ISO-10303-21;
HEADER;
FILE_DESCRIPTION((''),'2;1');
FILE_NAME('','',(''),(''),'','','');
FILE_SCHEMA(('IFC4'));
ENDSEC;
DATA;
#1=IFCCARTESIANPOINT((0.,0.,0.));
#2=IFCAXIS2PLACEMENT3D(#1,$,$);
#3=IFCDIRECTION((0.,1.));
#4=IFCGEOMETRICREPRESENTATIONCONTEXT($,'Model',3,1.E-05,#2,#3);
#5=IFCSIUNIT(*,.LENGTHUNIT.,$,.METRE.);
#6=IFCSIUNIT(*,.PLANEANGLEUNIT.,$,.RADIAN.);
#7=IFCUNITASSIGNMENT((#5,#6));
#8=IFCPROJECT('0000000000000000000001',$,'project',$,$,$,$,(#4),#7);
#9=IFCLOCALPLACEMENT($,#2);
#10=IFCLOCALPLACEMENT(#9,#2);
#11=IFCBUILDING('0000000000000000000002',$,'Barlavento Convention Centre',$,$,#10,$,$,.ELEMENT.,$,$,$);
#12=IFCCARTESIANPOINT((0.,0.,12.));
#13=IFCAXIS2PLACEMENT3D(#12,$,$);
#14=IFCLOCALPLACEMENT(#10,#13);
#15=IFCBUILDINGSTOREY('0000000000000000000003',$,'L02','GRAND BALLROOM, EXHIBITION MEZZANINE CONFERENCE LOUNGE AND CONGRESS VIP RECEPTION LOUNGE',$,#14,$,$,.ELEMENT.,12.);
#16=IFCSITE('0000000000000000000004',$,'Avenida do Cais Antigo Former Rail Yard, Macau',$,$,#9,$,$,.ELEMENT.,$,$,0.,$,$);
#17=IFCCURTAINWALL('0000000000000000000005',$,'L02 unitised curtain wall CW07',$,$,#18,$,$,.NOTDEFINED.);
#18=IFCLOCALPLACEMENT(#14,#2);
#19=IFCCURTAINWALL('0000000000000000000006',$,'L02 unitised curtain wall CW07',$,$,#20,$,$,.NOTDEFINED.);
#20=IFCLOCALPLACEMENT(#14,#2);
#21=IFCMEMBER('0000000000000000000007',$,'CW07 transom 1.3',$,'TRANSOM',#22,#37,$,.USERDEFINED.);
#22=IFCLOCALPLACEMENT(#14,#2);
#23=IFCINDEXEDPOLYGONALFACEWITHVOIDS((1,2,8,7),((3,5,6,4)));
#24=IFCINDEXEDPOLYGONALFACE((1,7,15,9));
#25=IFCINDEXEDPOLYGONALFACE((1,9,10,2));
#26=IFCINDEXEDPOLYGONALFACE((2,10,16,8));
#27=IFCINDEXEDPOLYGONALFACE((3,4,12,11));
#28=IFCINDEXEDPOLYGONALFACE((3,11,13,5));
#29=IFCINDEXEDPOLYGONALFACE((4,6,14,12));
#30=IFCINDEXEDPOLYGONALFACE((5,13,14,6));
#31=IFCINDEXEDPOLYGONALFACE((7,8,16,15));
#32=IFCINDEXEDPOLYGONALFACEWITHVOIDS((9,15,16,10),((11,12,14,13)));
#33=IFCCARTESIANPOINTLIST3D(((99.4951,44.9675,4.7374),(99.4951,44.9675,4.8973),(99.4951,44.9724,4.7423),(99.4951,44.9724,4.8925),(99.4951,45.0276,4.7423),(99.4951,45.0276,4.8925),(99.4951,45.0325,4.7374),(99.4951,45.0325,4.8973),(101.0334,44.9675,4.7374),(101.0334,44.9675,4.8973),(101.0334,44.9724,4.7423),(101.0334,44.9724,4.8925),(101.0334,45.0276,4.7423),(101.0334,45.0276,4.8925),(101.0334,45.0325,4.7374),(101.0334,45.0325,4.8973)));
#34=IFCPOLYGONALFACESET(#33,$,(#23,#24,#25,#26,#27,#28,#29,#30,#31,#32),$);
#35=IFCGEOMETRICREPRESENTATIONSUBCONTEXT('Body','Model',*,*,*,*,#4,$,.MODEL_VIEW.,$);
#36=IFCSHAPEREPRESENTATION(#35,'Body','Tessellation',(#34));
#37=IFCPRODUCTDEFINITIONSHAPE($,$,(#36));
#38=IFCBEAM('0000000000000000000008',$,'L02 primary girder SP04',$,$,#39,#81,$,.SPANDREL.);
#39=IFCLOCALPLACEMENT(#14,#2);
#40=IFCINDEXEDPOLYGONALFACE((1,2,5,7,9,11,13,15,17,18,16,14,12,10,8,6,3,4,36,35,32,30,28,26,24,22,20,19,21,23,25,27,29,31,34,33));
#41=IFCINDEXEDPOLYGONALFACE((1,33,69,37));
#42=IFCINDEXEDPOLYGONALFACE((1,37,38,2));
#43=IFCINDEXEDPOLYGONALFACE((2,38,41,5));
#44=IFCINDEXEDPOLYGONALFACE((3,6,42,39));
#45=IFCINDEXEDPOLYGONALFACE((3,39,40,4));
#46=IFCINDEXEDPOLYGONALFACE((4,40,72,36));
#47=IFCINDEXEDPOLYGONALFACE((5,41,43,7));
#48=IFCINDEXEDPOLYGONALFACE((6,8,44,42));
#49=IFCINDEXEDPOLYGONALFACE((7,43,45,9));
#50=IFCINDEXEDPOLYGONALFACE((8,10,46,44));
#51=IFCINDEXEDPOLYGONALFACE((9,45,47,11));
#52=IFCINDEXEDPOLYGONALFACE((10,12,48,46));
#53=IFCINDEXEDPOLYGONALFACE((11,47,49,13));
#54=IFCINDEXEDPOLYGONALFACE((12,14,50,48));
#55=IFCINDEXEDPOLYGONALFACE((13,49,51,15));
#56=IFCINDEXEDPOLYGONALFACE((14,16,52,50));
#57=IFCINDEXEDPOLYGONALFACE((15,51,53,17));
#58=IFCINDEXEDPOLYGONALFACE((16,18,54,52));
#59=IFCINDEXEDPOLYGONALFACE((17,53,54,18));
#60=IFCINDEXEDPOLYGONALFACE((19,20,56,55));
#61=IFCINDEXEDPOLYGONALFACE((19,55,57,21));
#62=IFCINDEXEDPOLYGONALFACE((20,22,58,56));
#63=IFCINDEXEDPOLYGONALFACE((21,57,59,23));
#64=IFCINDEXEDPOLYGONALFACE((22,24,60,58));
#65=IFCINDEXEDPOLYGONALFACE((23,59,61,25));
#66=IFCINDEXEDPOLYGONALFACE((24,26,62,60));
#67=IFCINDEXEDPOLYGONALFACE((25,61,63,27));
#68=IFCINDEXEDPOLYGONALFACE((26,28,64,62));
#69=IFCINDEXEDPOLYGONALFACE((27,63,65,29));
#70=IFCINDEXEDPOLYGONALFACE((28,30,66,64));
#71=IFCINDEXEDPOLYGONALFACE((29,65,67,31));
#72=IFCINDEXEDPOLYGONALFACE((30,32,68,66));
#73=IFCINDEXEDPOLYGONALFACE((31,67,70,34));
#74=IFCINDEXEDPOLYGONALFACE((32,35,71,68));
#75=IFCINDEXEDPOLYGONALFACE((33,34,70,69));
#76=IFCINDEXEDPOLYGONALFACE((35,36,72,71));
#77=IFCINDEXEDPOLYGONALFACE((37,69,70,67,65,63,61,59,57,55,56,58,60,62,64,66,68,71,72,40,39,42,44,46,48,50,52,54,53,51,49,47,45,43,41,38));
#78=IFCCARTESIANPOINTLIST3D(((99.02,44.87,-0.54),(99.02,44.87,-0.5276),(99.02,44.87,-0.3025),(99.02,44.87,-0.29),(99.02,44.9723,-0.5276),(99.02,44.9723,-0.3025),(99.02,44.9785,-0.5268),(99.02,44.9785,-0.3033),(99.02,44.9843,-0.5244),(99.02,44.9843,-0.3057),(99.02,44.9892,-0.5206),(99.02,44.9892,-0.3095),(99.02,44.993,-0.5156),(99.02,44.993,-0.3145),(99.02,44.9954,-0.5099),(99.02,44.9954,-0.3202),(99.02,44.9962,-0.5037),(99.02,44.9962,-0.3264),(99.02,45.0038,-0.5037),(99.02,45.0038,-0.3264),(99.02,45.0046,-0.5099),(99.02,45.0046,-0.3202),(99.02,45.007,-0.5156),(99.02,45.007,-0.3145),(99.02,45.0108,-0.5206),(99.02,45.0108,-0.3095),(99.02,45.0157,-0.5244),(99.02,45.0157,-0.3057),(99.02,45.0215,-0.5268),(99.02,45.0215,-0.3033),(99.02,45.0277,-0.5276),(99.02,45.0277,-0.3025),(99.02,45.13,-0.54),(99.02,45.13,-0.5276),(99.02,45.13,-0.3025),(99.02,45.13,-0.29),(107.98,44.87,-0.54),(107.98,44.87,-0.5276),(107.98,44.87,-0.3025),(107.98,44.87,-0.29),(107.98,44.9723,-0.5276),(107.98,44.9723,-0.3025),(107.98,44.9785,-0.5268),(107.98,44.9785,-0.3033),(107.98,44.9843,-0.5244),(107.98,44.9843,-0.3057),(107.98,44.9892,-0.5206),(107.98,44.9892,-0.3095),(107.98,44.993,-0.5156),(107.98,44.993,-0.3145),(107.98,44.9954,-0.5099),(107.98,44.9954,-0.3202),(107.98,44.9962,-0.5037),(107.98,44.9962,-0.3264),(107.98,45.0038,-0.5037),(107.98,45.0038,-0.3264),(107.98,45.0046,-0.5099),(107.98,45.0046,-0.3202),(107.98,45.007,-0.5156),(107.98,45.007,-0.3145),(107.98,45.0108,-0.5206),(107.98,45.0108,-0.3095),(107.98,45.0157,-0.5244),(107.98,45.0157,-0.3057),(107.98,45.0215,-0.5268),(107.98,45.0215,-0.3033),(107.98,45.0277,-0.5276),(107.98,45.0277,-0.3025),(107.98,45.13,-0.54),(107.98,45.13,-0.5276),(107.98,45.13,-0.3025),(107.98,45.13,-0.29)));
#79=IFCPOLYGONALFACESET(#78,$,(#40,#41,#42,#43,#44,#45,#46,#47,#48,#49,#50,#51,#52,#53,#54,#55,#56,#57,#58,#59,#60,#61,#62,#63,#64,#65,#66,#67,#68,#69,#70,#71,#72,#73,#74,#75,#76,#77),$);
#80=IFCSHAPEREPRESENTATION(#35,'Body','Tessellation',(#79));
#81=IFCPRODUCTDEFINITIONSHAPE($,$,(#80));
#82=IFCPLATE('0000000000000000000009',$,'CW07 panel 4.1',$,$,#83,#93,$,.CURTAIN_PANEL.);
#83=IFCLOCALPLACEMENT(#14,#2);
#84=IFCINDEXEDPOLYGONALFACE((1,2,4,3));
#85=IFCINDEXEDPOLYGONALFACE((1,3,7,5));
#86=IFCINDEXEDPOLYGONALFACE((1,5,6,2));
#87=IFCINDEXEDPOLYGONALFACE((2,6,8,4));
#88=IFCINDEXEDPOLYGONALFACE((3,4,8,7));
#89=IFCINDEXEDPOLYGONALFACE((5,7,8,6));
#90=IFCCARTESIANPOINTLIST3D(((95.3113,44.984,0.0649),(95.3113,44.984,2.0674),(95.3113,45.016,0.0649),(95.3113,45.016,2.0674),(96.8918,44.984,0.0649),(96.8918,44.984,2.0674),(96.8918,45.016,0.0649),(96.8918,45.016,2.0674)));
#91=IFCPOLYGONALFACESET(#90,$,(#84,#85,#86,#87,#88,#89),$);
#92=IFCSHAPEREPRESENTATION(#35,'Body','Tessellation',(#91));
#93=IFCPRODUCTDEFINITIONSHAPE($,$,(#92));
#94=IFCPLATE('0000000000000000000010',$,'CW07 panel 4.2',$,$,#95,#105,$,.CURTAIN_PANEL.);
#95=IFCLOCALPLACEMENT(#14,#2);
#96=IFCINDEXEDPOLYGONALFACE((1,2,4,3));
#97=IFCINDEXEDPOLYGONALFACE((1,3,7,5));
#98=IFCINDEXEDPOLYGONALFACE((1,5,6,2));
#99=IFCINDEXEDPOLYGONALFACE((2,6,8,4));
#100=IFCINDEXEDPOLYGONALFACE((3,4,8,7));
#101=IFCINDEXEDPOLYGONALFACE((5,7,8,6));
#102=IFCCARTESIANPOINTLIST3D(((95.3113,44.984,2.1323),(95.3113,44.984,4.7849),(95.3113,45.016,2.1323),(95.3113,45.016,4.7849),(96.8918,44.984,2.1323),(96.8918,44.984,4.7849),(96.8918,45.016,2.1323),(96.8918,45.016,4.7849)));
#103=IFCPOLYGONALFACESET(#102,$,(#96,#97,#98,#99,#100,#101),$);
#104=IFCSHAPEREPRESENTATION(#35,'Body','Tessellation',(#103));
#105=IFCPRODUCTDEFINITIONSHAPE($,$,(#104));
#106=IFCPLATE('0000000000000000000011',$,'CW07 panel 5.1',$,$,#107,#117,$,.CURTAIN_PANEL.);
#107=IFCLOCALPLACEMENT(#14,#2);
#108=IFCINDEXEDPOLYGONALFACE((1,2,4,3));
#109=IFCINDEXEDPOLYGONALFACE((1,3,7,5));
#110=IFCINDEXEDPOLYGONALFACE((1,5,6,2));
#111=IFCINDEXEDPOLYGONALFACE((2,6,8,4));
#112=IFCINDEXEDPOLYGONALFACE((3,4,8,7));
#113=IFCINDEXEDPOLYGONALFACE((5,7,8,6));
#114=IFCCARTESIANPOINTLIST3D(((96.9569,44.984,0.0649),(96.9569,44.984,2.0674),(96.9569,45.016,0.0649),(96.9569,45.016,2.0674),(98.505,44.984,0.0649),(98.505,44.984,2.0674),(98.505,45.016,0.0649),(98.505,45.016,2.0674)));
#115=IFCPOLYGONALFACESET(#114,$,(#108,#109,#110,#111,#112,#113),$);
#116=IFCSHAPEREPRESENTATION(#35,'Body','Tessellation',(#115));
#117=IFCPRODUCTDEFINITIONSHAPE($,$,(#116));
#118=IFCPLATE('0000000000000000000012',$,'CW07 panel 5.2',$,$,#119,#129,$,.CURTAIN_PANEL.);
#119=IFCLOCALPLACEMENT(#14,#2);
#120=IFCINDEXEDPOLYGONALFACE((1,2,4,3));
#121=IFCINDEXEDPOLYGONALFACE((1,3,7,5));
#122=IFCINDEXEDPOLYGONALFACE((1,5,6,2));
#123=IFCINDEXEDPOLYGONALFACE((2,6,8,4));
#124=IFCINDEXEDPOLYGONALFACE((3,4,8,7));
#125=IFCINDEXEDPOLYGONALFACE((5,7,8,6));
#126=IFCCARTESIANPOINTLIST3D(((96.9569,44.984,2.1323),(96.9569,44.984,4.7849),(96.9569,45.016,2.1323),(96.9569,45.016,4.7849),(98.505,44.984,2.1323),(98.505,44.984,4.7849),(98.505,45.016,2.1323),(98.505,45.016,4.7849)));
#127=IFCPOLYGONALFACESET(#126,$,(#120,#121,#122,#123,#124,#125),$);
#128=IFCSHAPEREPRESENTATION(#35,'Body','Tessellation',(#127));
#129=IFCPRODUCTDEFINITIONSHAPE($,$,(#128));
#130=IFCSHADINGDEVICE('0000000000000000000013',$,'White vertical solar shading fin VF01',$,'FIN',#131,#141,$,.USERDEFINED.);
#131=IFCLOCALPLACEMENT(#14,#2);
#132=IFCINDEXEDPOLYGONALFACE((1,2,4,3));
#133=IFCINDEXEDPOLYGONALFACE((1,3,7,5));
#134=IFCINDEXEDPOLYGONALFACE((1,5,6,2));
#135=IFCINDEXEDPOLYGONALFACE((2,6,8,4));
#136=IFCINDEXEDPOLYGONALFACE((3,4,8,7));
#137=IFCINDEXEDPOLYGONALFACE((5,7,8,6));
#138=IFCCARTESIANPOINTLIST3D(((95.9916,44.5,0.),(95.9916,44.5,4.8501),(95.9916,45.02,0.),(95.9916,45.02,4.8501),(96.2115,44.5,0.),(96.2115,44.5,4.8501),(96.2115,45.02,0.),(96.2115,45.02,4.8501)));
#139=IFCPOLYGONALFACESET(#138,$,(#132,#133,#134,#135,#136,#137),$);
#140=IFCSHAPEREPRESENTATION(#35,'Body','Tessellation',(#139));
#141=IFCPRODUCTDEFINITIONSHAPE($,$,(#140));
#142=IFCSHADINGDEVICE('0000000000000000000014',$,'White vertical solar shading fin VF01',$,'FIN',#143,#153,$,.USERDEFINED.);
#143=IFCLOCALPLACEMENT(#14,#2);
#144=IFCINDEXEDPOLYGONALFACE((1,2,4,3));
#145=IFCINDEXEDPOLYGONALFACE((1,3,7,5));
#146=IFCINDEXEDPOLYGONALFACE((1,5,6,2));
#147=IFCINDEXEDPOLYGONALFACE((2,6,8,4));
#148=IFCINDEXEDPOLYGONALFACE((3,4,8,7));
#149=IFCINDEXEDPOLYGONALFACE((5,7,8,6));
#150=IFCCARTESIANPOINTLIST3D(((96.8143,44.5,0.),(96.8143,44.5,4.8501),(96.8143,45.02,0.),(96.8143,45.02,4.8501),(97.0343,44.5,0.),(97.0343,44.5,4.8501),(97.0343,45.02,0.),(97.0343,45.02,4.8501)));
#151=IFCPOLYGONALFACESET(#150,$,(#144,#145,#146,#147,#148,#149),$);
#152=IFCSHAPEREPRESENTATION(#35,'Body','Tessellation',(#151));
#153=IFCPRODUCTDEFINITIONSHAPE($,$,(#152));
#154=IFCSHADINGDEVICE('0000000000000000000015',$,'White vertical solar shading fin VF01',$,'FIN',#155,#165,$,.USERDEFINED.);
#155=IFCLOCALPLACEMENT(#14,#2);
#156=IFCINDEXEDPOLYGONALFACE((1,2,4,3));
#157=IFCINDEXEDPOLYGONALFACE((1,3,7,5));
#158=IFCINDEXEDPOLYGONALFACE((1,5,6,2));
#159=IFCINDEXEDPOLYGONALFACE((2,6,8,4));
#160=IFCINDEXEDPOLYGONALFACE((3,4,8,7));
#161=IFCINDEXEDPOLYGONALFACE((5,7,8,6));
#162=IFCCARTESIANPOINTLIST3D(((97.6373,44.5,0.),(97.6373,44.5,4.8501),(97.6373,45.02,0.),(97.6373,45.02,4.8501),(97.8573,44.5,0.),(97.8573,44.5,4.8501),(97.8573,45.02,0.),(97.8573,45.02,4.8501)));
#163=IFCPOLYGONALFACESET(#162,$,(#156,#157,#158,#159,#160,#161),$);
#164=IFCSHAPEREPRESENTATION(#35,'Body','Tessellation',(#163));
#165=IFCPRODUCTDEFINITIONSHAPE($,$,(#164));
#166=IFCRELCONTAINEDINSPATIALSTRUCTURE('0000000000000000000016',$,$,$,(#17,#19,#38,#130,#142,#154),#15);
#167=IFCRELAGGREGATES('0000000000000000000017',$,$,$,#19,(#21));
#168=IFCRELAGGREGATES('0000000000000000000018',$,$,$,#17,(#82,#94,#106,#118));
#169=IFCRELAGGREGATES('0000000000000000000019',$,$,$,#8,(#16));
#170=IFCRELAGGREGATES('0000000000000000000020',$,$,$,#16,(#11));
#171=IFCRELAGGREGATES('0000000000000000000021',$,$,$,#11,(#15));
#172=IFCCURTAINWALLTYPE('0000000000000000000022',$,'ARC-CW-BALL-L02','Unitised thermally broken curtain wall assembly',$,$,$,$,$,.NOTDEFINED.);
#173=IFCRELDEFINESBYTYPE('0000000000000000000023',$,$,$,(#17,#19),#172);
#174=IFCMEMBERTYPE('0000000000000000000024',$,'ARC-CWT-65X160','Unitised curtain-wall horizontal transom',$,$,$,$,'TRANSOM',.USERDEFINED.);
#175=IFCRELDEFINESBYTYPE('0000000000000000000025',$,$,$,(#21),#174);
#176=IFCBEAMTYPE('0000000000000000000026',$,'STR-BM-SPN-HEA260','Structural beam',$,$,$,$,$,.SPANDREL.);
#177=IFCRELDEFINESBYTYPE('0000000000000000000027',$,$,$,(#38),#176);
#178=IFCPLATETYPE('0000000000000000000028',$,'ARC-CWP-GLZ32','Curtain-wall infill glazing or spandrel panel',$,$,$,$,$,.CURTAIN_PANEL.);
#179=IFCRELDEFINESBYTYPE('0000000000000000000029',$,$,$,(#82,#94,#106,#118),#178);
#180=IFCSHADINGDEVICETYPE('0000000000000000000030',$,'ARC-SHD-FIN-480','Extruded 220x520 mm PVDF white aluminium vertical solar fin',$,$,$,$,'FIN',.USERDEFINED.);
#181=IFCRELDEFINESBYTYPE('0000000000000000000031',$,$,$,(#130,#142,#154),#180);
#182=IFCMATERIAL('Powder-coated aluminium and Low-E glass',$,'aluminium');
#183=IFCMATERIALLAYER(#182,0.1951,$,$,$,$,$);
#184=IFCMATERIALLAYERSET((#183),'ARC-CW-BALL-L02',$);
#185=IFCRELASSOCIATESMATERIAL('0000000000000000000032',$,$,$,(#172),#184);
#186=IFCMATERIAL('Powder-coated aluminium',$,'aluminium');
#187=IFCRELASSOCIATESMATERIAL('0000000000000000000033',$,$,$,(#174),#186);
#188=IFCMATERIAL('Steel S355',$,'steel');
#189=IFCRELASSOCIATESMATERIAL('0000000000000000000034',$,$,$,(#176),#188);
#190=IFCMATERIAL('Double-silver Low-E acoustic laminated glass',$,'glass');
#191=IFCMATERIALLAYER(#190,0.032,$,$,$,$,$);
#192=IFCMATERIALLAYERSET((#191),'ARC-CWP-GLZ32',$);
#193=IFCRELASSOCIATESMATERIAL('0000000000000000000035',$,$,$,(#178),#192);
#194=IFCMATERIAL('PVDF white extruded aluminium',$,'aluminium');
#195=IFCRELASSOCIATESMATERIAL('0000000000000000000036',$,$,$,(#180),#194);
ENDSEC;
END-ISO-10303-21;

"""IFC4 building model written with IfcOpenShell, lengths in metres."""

from ifc_helpers import new_model, si_unit, direction, frame, origin, origin_2d, place, context, subcontext, project, spatial, rectangle, hollow_rectangle, i_section, extrude, material, layer, layer_set, material_profile, profile_set, type_object, element, aggregate, save


model = new_model("IFC4")

# Units and contexts
model_context = context("Model", 3, precision=1e-05, world=origin(), true_north=direction((0.0, 1.0)))
body_context = subcontext(model_context, "Body", "Model", "MODEL_VIEW")
ifc_project = project(units=[si_unit("LENGTHUNIT", "METRE"), si_unit("PLANEANGLEUNIT", "RADIAN")], contexts=[model_context])

# Site, building, storey
site_placement = place(None, origin())
site = spatial("IfcSite", under=ifc_project, at=site_placement, Name="Avenida do Cais Antigo Former Rail Yard, Macau", CompositionType="ELEMENT", RefElevation=0.0)
building_placement = place(site_placement, origin())
building = spatial("IfcBuilding", under=site, at=building_placement, Name="Barlavento Convention Centre", CompositionType="ELEMENT")
storey_placement = place(building_placement, frame((0.0, 0.0, 12.0)))
storey = spatial("IfcBuildingStorey", under=building, at=storey_placement, Name="L02", Description="GRAND BALLROOM, EXHIBITION MEZZANINE CONFERENCE LOUNGE AND CONGRESS VIP RECEPTION LOUNGE", CompositionType="ELEMENT", Elevation=12.0)

# Curtain wall
ifc_material_1 = material(Name="Powder-coated aluminium and Low-E glass", Category="aluminium")
ifc_layer_1 = layer(ifc_material_1, 0.1951)
ifc_layer_set_1 = layer_set([ifc_layer_1], Name="ARC-CW-BALL-L02")
curtain_wall_type = type_object("IfcCurtainWallType", Name="ARC-CW-BALL-L02", Description="Unitised thermally broken curtain wall assembly", PredefinedType="NOTDEFINED", material=ifc_layer_set_1)
curtain_wall_1_placement = place(storey_placement, origin())
curtain_wall_1 = element("IfcCurtainWall", 1, at=curtain_wall_1_placement, inside=storey, type_object=curtain_wall_type, Name="L02 unitised curtain wall CW07", PredefinedType="NOTDEFINED")
ifc_material_2 = material(Name="Powder-coated aluminium", Category="aluminium")

# Curtain wall
curtain_wall_2_placement = place(storey_placement, origin())
curtain_wall_2 = element("IfcCurtainWall", 2, at=curtain_wall_2_placement, inside=storey, type_object=curtain_wall_type, Name="L02 unitised curtain wall CW07", PredefinedType="NOTDEFINED")

# Member
ifc_material_profile_1 = material_profile(ifc_material_2, hollow_rectangle(XDim=0.0649, YDim=0.1599, WallThickness=0.0049, at=origin_2d()), Name="AL-TRAN 65x160x5")
ifc_profile_set_1 = profile_set([ifc_material_profile_1], Name="Powder-coated aluminium")
member_type_1 = type_object("IfcMemberType", Name="ARC-CWT-65X160", Description="Unitised curtain-wall horizontal transom", ElementType="TRANSOM", PredefinedType="USERDEFINED", material=ifc_profile_set_1)
member_1_placement = place(storey_placement, frame((99.4951, 45.0, 4.8174), z_axis=(1.0, 0.0, 0.0), x_axis=(0.0, 1.0, 0.0)))
member_1 = element("IfcMember", 3, at=member_1_placement, type_object=member_type_1, Name="CW07 transom 1.3", ObjectType="TRANSOM", PredefinedType="USERDEFINED", context=body_context, shape_type="SweptSolid", body=[
    extrude(hollow_rectangle(XDim=0.0649, YDim=0.1599, WallThickness=0.0049, at=origin_2d()), origin(), (0.0, 0.0, 1.0), 1.5383),
])
aggregate(curtain_wall_2, [member_1])

# Beam
ifc_material_3 = material(Name="Steel S355", Category="steel")
ifc_material_profile_2 = material_profile(ifc_material_3, i_section(OverallWidth=0.26, OverallDepth=0.25, WebThickness=0.0076, FlangeThickness=0.0125, FilletRadius=0.0239, at=origin_2d()), Name="HEA 260")
ifc_profile_set_2 = profile_set([ifc_material_profile_2], Name="Steel S355")
beam_type = type_object("IfcBeamType", Name="STR-BM-SPN-HEA260", Description="Structural beam", PredefinedType="SPANDREL", material=ifc_profile_set_2)
beam_placement = place(storey_placement, frame((99.02, 45.0, -0.415), z_axis=(1.0, 0.0, 0.0), x_axis=(0.0, 1.0, 0.0)))
element("IfcBeam", 4, at=beam_placement, inside=storey, type_object=beam_type, Name="L02 primary girder SP04", PredefinedType="SPANDREL", context=body_context, shape_type="SweptSolid", body=[
    extrude(i_section(OverallWidth=0.26, OverallDepth=0.25, WebThickness=0.0076, FlangeThickness=0.0125, FilletRadius=0.0239, at=origin_2d()), origin(), (0.0, 0.0, 1.0), 8.96),
])

# Plates
ifc_material_4 = material(Name="Double-silver Low-E acoustic laminated glass", Category="glass")
ifc_layer_2 = layer(ifc_material_4, 0.032)
ifc_layer_set_2 = layer_set([ifc_layer_2], Name="ARC-CWP-GLZ32")
plate_type = type_object("IfcPlateType", Name="ARC-CWP-GLZ32", Description="Curtain-wall infill glazing or spandrel panel", PredefinedType="CURTAIN_PANEL", material=ifc_layer_set_2)
plate_1_placement = place(storey_placement, frame((96.1016, 45.0, 0.0649), z_axis=(0.0, 0.0, 1.0), x_axis=(1.0, 0.0, 0.0)))
plate_1 = element("IfcPlate", 5, at=plate_1_placement, type_object=plate_type, Name="CW07 panel 4.1", PredefinedType="CURTAIN_PANEL", context=body_context, shape_type="SweptSolid", body=[
    extrude(rectangle(XDim=1.5806, YDim=0.032, at=origin_2d()), origin(), (0.0, 0.0, 1.0), 2.0024),
])
plate_2_placement = place(storey_placement, frame((96.1016, 45.0, 2.1323), z_axis=(0.0, 0.0, 1.0), x_axis=(1.0, 0.0, 0.0)))
plate_2 = element("IfcPlate", 6, at=plate_2_placement, type_object=plate_type, Name="CW07 panel 4.2", PredefinedType="CURTAIN_PANEL", context=body_context, shape_type="SweptSolid", body=[
    extrude(rectangle(XDim=1.5806, YDim=0.032, at=origin_2d()), origin(), (0.0, 0.0, 1.0), 2.6526),
])
plate_3_placement = place(storey_placement, frame((97.731, 45.0, 0.0649), z_axis=(0.0, 0.0, 1.0), x_axis=(1.0, 0.0, 0.0)))
plate_3 = element("IfcPlate", 7, at=plate_3_placement, type_object=plate_type, Name="CW07 panel 5.1", PredefinedType="CURTAIN_PANEL", context=body_context, shape_type="SweptSolid", body=[
    extrude(rectangle(XDim=1.5481, YDim=0.032, at=origin_2d()), origin(), (0.0, 0.0, 1.0), 2.0024),
])
plate_4_placement = place(storey_placement, frame((97.731, 45.0, 2.1323), z_axis=(0.0, 0.0, 1.0), x_axis=(1.0, 0.0, 0.0)))
plate_4 = element("IfcPlate", 8, at=plate_4_placement, type_object=plate_type, Name="CW07 panel 5.2", PredefinedType="CURTAIN_PANEL", context=body_context, shape_type="SweptSolid", body=[
    extrude(rectangle(XDim=1.5481, YDim=0.032, at=origin_2d()), origin(), (0.0, 0.0, 1.0), 2.6526),
])
aggregate(curtain_wall_1, [plate_1, plate_2, plate_3, plate_4])

# Shading devices
ifc_material_5 = material(Name="PVDF white extruded aluminium", Category="aluminium")
shading_device_type = type_object("IfcShadingDeviceType", Name="ARC-SHD-FIN-480", Description="Extruded 220x520 mm PVDF white aluminium vertical solar fin", ElementType="FIN", PredefinedType="USERDEFINED", material=ifc_material_5)
for number, where, z_axis, x_axis, name in (
    (9, (96.1016, 44.76, 0.0), (0.0, 0.0, 1.0), (1.0, 0.0, 0.0), "White vertical solar shading fin VF01"),
    (10, (96.9243, 44.76, 0.0), (0.0, 0.0, 1.0), (1.0, 0.0, 0.0), "White vertical solar shading fin VF01"),
    (11, (97.7473, 44.76, 0.0), (0.0, 0.0, 1.0), (1.0, 0.0, 0.0), "White vertical solar shading fin VF01"),
):
    element("IfcShadingDevice", number, at=place(storey_placement, frame(where, z_axis=z_axis, x_axis=x_axis)), inside=storey, type_object=shading_device_type, Name=name, ObjectType="FIN", PredefinedType="USERDEFINED", context=body_context, shape_type="SweptSolid", body=[
        extrude(rectangle(XDim=0.22, YDim=0.52, at=origin_2d()), origin(), (0.0, 0.0, 1.0), 4.8501),
    ])

save(model, "model.ifc")
